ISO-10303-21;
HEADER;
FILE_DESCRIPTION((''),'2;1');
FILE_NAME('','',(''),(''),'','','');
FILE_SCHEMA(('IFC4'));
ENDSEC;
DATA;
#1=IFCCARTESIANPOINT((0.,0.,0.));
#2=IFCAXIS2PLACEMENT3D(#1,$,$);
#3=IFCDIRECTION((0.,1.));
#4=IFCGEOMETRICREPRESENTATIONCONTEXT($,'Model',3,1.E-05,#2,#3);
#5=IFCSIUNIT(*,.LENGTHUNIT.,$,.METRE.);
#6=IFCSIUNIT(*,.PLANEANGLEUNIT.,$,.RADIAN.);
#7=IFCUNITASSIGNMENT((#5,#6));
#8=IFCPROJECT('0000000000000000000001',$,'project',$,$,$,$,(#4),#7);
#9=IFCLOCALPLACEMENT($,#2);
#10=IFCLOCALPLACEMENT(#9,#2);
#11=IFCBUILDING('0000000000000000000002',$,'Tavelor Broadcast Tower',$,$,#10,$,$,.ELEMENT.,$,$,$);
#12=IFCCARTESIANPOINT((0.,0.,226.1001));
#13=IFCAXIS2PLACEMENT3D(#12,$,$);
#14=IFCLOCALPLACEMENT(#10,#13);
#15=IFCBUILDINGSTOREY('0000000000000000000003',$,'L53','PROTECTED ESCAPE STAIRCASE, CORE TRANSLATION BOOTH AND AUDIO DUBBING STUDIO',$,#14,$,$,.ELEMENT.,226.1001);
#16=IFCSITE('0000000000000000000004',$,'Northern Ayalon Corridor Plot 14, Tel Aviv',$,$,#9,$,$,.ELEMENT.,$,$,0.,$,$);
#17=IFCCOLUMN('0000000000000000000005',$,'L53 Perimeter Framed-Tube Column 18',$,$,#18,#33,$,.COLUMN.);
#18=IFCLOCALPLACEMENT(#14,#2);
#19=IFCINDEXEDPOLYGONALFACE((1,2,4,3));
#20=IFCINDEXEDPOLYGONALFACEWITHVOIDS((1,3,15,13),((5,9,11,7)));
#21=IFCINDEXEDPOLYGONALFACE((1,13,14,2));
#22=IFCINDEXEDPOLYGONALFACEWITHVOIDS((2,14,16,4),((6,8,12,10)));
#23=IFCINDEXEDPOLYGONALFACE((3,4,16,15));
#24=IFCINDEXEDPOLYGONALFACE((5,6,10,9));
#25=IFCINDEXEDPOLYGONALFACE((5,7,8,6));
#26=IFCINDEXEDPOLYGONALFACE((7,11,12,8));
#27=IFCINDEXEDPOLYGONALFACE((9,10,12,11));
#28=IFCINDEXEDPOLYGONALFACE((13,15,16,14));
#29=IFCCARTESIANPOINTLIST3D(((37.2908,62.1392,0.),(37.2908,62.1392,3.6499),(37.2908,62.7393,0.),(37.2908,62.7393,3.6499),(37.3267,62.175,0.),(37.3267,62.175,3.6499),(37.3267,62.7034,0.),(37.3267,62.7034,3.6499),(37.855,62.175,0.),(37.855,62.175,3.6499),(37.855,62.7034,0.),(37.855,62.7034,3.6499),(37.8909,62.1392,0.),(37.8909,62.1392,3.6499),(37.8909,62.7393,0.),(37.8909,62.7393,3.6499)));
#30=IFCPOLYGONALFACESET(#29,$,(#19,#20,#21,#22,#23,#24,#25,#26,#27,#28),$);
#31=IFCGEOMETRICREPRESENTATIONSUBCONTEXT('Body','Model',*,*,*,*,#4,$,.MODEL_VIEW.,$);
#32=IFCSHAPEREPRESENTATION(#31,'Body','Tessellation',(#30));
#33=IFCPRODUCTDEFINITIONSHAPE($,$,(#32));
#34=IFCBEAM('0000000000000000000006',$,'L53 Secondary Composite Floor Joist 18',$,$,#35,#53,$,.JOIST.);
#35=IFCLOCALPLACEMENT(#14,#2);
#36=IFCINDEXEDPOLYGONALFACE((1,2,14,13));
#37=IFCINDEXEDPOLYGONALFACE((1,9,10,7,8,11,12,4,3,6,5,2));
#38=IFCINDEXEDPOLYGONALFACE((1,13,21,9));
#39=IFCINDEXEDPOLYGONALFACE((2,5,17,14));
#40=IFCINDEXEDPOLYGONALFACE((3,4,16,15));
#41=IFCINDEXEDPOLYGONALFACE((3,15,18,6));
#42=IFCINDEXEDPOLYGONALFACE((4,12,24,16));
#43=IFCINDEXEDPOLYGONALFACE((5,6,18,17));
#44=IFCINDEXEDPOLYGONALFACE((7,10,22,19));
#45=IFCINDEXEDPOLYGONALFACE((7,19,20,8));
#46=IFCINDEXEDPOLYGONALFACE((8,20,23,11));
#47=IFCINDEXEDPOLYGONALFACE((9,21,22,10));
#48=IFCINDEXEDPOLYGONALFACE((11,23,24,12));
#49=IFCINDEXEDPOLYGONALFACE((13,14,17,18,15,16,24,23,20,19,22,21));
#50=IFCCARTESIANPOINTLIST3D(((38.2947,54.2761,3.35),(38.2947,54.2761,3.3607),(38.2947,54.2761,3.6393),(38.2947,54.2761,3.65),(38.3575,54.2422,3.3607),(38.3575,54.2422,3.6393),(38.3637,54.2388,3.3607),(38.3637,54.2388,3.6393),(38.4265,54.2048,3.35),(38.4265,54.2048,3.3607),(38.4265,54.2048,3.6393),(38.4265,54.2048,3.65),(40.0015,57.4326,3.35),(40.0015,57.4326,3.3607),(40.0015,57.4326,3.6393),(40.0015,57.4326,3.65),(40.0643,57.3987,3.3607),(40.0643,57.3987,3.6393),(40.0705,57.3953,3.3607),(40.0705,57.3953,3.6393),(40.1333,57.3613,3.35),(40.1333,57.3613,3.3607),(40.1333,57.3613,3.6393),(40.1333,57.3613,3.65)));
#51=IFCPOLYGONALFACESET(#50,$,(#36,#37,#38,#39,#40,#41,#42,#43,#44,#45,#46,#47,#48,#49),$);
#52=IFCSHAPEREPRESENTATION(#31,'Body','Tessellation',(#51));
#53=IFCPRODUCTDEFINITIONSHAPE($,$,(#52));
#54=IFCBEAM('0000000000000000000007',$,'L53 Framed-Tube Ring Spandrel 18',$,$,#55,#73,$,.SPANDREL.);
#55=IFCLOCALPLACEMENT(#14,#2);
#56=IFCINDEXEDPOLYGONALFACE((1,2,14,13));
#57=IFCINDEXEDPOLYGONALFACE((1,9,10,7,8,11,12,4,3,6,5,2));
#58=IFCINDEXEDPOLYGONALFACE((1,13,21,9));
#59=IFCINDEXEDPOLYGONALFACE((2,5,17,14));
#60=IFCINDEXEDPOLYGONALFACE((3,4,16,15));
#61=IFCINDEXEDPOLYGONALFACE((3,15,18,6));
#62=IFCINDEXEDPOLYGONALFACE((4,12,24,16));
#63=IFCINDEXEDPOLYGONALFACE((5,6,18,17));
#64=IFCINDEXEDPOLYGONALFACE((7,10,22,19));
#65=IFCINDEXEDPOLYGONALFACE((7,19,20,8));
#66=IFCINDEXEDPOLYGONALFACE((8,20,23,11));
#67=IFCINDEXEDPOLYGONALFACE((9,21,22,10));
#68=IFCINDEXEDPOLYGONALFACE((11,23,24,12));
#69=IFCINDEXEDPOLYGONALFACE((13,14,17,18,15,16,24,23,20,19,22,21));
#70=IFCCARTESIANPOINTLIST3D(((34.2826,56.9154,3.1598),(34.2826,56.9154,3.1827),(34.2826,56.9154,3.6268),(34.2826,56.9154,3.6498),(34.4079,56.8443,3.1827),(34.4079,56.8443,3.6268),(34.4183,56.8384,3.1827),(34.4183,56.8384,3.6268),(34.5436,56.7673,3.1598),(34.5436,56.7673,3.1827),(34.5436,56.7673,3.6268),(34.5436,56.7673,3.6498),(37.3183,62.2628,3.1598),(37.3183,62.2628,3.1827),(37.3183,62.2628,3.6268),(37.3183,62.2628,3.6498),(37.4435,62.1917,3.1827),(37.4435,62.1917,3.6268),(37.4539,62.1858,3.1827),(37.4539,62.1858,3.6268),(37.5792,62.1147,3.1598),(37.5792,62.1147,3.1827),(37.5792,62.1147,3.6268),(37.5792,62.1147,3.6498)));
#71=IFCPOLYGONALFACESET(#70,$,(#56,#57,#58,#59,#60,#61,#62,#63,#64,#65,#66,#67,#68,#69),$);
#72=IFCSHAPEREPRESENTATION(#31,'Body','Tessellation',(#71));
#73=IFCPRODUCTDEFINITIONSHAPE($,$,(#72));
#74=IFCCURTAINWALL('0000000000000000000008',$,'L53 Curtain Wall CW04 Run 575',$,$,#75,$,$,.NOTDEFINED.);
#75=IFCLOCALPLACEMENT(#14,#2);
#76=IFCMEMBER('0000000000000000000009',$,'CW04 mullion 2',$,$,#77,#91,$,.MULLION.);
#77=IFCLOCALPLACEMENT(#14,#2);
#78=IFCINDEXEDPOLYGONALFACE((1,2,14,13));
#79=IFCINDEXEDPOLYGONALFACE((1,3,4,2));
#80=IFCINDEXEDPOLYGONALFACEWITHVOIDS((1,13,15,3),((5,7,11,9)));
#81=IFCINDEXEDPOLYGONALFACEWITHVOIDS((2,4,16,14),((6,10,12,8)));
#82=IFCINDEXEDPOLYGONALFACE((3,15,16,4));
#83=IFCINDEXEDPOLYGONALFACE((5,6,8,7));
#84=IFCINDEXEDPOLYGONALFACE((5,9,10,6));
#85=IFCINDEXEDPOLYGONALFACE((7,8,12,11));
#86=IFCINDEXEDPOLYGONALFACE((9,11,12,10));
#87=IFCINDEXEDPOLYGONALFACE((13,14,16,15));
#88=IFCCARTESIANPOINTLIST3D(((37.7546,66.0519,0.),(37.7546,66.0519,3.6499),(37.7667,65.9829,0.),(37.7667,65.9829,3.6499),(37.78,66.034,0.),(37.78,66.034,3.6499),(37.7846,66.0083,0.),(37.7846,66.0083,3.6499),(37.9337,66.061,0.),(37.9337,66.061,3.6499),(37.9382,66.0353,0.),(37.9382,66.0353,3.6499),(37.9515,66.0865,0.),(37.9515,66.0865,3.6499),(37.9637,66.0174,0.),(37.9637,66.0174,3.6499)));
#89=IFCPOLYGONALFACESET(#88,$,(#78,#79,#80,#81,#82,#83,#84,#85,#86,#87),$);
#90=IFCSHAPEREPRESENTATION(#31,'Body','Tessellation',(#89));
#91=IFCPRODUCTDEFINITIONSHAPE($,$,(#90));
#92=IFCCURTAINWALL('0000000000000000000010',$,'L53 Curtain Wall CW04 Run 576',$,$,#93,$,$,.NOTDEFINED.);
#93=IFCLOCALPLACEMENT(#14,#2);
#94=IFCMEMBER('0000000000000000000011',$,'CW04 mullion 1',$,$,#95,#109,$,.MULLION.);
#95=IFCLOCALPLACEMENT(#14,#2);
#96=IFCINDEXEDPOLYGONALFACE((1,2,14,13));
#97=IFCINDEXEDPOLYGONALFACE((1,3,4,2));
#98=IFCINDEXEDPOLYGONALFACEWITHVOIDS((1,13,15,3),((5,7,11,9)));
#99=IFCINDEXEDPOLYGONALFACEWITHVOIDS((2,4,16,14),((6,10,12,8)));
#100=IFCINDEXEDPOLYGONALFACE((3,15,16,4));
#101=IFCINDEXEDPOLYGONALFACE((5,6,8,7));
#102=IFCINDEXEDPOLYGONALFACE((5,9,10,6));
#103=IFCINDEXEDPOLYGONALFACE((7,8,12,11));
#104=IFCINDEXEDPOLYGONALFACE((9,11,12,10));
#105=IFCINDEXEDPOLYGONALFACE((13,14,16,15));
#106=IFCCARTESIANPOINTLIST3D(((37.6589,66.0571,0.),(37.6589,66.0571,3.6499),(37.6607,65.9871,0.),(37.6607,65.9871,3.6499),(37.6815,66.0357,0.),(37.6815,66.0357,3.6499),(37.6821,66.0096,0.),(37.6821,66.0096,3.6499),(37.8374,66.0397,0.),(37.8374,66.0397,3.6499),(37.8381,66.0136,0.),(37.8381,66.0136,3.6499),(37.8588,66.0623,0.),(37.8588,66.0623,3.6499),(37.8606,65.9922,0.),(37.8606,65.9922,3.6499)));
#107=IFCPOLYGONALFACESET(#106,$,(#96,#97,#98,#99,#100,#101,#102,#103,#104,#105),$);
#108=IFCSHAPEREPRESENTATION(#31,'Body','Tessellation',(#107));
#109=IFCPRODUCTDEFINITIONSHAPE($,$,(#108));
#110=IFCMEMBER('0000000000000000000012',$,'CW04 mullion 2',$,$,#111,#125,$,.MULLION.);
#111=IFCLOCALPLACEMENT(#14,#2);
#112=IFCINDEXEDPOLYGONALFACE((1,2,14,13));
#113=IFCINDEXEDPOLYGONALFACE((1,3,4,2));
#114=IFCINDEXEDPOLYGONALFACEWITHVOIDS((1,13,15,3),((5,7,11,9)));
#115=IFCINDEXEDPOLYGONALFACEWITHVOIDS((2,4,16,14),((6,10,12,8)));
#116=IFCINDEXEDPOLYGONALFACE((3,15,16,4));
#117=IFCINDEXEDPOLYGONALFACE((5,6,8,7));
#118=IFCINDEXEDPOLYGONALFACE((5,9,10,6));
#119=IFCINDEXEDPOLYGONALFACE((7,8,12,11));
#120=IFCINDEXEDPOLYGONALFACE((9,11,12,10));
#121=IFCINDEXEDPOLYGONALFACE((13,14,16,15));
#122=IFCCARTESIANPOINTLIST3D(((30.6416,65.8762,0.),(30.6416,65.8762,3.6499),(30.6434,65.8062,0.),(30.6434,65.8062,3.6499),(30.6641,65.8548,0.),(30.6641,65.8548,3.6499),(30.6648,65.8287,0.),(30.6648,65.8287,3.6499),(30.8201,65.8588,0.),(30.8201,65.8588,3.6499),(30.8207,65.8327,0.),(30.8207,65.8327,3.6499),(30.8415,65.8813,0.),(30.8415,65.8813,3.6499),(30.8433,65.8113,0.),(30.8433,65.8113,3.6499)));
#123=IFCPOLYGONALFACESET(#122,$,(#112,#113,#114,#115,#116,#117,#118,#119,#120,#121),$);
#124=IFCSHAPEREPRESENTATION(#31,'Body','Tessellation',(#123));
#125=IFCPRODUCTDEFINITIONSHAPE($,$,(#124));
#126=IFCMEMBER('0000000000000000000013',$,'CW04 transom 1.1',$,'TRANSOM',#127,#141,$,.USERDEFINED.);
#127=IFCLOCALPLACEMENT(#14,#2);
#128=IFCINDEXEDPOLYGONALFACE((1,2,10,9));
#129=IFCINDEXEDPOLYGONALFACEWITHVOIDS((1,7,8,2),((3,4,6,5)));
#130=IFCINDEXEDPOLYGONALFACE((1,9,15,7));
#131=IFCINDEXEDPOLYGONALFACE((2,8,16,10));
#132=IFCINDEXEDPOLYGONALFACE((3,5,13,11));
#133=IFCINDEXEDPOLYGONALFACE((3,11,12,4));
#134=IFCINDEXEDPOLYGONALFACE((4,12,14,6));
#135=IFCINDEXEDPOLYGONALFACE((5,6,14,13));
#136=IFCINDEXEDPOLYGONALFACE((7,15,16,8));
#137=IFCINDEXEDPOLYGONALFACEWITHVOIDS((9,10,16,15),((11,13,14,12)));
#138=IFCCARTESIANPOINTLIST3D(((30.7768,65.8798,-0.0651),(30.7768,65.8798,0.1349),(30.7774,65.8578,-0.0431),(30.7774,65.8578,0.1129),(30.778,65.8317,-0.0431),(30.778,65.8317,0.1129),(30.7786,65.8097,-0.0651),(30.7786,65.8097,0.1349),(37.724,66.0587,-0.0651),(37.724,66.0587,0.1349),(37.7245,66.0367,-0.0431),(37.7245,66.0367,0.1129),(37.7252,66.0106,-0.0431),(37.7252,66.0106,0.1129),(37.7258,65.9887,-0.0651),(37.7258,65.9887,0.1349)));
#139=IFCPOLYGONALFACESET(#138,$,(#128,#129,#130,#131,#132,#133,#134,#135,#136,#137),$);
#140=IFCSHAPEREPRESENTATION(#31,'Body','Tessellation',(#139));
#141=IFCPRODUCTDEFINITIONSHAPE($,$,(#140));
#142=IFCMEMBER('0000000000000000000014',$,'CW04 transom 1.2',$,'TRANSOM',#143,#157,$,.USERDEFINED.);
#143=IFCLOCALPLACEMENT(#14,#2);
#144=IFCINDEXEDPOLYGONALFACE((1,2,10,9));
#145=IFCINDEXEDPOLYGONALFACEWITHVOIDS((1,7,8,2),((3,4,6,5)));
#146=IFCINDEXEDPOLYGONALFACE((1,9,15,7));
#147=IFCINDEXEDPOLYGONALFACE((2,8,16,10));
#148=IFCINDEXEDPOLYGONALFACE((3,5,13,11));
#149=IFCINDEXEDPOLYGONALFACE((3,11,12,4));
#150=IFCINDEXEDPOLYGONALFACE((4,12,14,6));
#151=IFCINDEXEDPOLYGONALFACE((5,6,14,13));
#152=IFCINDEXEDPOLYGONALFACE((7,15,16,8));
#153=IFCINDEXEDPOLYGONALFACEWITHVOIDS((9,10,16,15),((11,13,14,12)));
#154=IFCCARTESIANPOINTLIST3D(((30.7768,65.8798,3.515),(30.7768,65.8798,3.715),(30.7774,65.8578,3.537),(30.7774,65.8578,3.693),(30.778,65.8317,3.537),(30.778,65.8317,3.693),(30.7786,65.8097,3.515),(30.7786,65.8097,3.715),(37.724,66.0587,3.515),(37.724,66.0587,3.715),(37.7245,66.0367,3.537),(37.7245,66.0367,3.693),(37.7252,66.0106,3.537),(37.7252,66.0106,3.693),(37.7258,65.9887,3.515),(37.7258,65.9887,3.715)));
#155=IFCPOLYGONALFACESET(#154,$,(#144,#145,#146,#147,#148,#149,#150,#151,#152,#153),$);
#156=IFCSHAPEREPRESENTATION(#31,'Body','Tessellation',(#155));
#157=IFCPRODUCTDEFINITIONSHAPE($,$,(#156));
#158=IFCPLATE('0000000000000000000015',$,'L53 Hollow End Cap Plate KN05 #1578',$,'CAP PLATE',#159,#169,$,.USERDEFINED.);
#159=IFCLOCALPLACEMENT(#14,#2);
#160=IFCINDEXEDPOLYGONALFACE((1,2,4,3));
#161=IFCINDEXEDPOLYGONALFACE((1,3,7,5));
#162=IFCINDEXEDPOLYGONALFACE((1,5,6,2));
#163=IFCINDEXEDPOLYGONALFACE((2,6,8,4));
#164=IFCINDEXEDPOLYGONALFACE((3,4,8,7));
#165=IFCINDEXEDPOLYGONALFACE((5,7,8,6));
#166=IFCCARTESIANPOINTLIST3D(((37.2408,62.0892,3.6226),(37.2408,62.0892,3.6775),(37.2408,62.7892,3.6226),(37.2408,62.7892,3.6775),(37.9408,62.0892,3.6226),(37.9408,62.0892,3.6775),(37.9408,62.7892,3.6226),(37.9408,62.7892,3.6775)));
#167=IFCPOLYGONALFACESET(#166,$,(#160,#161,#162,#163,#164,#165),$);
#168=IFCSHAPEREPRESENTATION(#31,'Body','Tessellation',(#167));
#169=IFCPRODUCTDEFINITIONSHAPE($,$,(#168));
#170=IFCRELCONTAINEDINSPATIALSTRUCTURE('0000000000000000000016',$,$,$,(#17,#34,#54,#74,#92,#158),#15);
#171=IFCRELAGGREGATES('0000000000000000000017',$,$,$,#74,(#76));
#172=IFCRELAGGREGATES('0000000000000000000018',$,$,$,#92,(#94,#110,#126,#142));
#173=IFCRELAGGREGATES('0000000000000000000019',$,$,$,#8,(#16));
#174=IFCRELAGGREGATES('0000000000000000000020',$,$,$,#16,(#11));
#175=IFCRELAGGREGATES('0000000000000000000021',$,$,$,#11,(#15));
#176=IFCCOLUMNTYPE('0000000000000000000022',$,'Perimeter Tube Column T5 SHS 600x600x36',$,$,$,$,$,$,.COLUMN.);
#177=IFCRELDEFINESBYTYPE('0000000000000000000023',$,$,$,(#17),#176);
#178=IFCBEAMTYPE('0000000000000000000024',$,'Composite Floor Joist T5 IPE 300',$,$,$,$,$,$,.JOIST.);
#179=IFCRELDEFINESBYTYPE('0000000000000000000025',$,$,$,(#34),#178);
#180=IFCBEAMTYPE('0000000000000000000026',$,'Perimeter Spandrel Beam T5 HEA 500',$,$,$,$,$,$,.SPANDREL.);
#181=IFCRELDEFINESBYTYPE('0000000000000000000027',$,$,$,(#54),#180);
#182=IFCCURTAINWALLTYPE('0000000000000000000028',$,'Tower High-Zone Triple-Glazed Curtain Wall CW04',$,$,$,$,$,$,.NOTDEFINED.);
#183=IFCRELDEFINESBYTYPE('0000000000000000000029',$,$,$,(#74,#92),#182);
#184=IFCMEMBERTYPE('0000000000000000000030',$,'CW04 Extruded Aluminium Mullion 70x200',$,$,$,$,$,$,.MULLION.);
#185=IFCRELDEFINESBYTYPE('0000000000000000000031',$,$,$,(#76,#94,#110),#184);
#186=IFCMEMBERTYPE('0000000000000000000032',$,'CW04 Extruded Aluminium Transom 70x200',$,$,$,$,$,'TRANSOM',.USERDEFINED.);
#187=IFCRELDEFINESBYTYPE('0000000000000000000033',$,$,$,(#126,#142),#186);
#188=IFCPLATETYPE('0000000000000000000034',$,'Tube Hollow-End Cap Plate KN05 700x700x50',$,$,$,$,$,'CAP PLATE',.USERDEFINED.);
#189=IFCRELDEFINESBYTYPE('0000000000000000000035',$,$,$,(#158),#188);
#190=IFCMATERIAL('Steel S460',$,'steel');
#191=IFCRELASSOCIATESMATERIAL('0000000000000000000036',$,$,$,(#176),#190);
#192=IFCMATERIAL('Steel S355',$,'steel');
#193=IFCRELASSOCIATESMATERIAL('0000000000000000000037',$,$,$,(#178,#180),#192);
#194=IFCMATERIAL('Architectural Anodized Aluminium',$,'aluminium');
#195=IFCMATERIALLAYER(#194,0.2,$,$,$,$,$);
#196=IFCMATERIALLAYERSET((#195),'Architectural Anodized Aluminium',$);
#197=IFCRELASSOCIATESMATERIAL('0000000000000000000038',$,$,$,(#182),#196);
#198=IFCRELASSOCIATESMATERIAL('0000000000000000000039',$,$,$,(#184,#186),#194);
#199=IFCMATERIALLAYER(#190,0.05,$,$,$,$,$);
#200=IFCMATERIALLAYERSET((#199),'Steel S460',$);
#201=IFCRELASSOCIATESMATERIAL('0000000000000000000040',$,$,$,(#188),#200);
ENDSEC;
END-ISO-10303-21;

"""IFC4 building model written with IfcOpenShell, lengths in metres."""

from ifc_helpers import new_model, si_unit, direction, frame, origin, origin_2d, place, context, subcontext, project, spatial, rectangle, hollow_rectangle, i_section, extrude, source, transform, mapped, material, layer, layer_set, material_profile, profile_set, type_object, type_shapes, element, aggregate, save


model = new_model("IFC4")

# Units and contexts
model_context = context("Model", 3, precision=1e-05, world=origin(), true_north=direction((0.0, 1.0)))
body_context = subcontext(model_context, "Body", "Model", "MODEL_VIEW")
ifc_project = project(units=[si_unit("LENGTHUNIT", "METRE"), si_unit("PLANEANGLEUNIT", "RADIAN")], contexts=[model_context])

# Site, building, storey
site_placement = place(None, origin())
site = spatial("IfcSite", under=ifc_project, at=site_placement, Name="Northern Ayalon Corridor Plot 14, Tel Aviv", CompositionType="ELEMENT", RefElevation=0.0)
building_placement = place(site_placement, origin())
building = spatial("IfcBuilding", under=site, at=building_placement, Name="Tavelor Broadcast Tower", CompositionType="ELEMENT")
storey_placement = place(building_placement, frame((0.0, 0.0, 226.1001)))
storey = spatial("IfcBuildingStorey", under=building, at=storey_placement, Name="L53", Description="PROTECTED ESCAPE STAIRCASE, CORE TRANSLATION BOOTH AND AUDIO DUBBING STUDIO", CompositionType="ELEMENT", Elevation=226.1001)

# Column
ifc_material_1 = material(Name="Steel S460", Category="steel")
ifc_material_profile_1 = material_profile(ifc_material_1, hollow_rectangle(XDim=0.6001, YDim=0.6001, WallThickness=0.0359, at=origin_2d()), Name="SHS 600x600x36")
ifc_profile_set_1 = profile_set([ifc_material_profile_1], Name="Steel S460")
column_type = type_object("IfcColumnType", Name="Perimeter Tube Column T5 SHS 600x600x36", PredefinedType="COLUMN", material=ifc_profile_set_1)
column_placement = place(storey_placement, frame((37.5908, 62.4392, 0.0), z_axis=(0.0, 0.0, 1.0), x_axis=(1.0, 0.0, 0.0)))
element("IfcColumn", 1, at=column_placement, inside=storey, type_object=column_type, Name="L53 Perimeter Framed-Tube Column 18", PredefinedType="COLUMN", context=body_context, shape_type="SweptSolid", body=[
    extrude(hollow_rectangle(XDim=0.6001, YDim=0.6001, WallThickness=0.0359, at=origin_2d()), origin(), (0.0, 0.0, 1.0), 3.6499),
])

# Beams
ifc_material_2 = material(Name="Steel S355", Category="steel")
ifc_material_profile_2 = material_profile(ifc_material_2, i_section(OverallWidth=0.1499, OverallDepth=0.3, WebThickness=0.0071, FlangeThickness=0.0107, at=origin_2d()), Name="IPE 300")
ifc_profile_set_2 = profile_set([ifc_material_profile_2], Name="Steel S355")
beam_type_1 = type_object("IfcBeamType", Name="Composite Floor Joist T5 IPE 300", PredefinedType="JOIST", material=ifc_profile_set_2)
beam_1_placement = place(storey_placement, frame((40.0674, 57.397, 3.5), z_axis=(-0.475641, -0.87964, 0.0), x_axis=(0.87964, -0.475641, 0.0)))
element("IfcBeam", 2, at=beam_1_placement, inside=storey, type_object=beam_type_1, Name="L53 Secondary Composite Floor Joist 18", PredefinedType="JOIST", context=body_context, shape_type="SweptSolid", body=[
    extrude(i_section(OverallWidth=0.1499, OverallDepth=0.3, WebThickness=0.0071, FlangeThickness=0.0107, at=origin_2d()), origin(), (0.0, 0.0, 1.0), 3.5884),
])
ifc_material_profile_3 = material_profile(ifc_material_2, i_section(OverallWidth=0.3, OverallDepth=0.49, WebThickness=0.012, FlangeThickness=0.0229, at=origin_2d()), Name="HEA 500")
ifc_profile_set_3 = profile_set([ifc_material_profile_3], Name="Steel S355")
beam_type_2 = type_object("IfcBeamType", Name="Perimeter Spandrel Beam T5 HEA 500", PredefinedType="SPANDREL", material=ifc_profile_set_3)
beam_2_placement = place(storey_placement, frame((37.4487, 62.1887, 3.4048), z_axis=(-0.493683, -0.869642, 0.0), x_axis=(0.869642, -0.493683, 0.0)))
element("IfcBeam", 3, at=beam_2_placement, inside=storey, type_object=beam_type_2, Name="L53 Framed-Tube Ring Spandrel 18", PredefinedType="SPANDREL", context=body_context, shape_type="SweptSolid", body=[
    extrude(i_section(OverallWidth=0.3, OverallDepth=0.49, WebThickness=0.012, FlangeThickness=0.0229, at=origin_2d()), origin(), (0.0, 0.0, 1.0), 6.1489),
])

# Curtain wall, member
ifc_material_3 = material(Name="Architectural Anodized Aluminium", Category="aluminium")
ifc_layer_1 = layer(ifc_material_3, 0.2)
ifc_layer_set_1 = layer_set([ifc_layer_1], Name="Architectural Anodized Aluminium")
curtain_wall_type = type_object("IfcCurtainWallType", Name="Tower High-Zone Triple-Glazed Curtain Wall CW04", PredefinedType="NOTDEFINED", material=ifc_layer_set_1)
curtain_wall_1_placement = place(storey_placement, origin())
curtain_wall_1 = element("IfcCurtainWall", 4, at=curtain_wall_1_placement, inside=storey, type_object=curtain_wall_type, Name="L53 Curtain Wall CW04 Run 575", PredefinedType="NOTDEFINED")
ifc_material_profile_4 = material_profile(ifc_material_3, hollow_rectangle(XDim=0.0701, YDim=0.2, WallThickness=0.022, at=origin_2d()), Name="RHS 70x200x22")
ifc_profile_set_4 = profile_set([ifc_material_profile_4], Name="Architectural Anodized Aluminium")
member_type_1 = type_object("IfcMemberType", Name="CW04 Extruded Aluminium Mullion 70x200", PredefinedType="MULLION", material=ifc_profile_set_4)
shared_shape_1 = source(origin(), body_context, "Body", "SweptSolid", [
    extrude(hollow_rectangle(XDim=0.0701, YDim=0.2, WallThickness=0.022, at=origin_2d()), origin(), (0.0, 0.0, 1.0), 3.6499),
])
type_shapes(member_type_1, [shared_shape_1])
member_1_placement = place(storey_placement, frame((37.8591, 66.0347, 0.0), z_axis=(0.0, 0.0, 1.0), x_axis=(0.172908, -0.984938, 0.0)))
member_1 = element("IfcMember", 5, at=member_1_placement, type_object=member_type_1, Name="CW04 mullion 2", PredefinedType="MULLION", context=body_context, shape_type="MappedRepresentation", body=[
    mapped(shared_shape_1, transform((0.0, 0.0, 0.0), scale=1.0)),
])

# Curtain wall, members
curtain_wall_2_placement = place(storey_placement, origin())
curtain_wall_2 = element("IfcCurtainWall", 6, at=curtain_wall_2_placement, inside=storey, type_object=curtain_wall_type, Name="L53 Curtain Wall CW04 Run 576", PredefinedType="NOTDEFINED")
member_2_placement = place(storey_placement, frame((37.7598, 66.0247, 0.0), z_axis=(0.0, 0.0, 1.0), x_axis=(0.02577, -0.999668, 0.0)))
member_2 = element("IfcMember", 7, at=member_2_placement, type_object=member_type_1, Name="CW04 mullion 1", PredefinedType="MULLION", context=body_context, shape_type="MappedRepresentation", body=[
    mapped(shared_shape_1, transform((0.0, 0.0, 0.0), scale=1.0)),
])
member_3_placement = place(storey_placement, frame((30.7424, 65.8438, 0.0), z_axis=(0.0, 0.0, 1.0), x_axis=(0.02577, -0.999668, 0.0)))
member_3 = element("IfcMember", 8, at=member_3_placement, type_object=member_type_1, Name="CW04 mullion 2", PredefinedType="MULLION", context=body_context, shape_type="MappedRepresentation", body=[
    mapped(shared_shape_1, transform((0.0, 0.0, 0.0), scale=1.0)),
])
ifc_material_profile_5 = material_profile(ifc_material_3, hollow_rectangle(XDim=0.0701, YDim=0.2, WallThickness=0.022, at=origin_2d()), Name="RHS 70x200x22")
ifc_profile_set_5 = profile_set([ifc_material_profile_5], Name="Architectural Anodized Aluminium")
member_type_2 = type_object("IfcMemberType", Name="CW04 Extruded Aluminium Transom 70x200", ElementType="TRANSOM", PredefinedType="USERDEFINED", material=ifc_profile_set_5)
shared_shape_2 = source(origin(), body_context, "Body", "SweptSolid", [
    extrude(hollow_rectangle(XDim=0.0701, YDim=0.2, WallThickness=0.022, at=origin_2d()), origin(), (0.0, 0.0, 1.0), 6.9495),
])
type_shapes(member_type_2, [shared_shape_2])
member_4_placement = place(storey_placement, frame((37.7249, 66.0237, 0.0349), z_axis=(-0.999668, -0.025751, 0.0), x_axis=(0.025751, -0.999668, 0.0)))
member_4 = element("IfcMember", 9, at=member_4_placement, type_object=member_type_2, Name="CW04 transom 1.1", ObjectType="TRANSOM", PredefinedType="USERDEFINED", context=body_context, shape_type="MappedRepresentation", body=[
    mapped(shared_shape_2, transform((0.0, 0.0, 0.0), scale=1.0)),
])
member_5_placement = place(storey_placement, frame((37.7249, 66.0237, 3.615), z_axis=(-0.999668, -0.025751, 0.0), x_axis=(0.025751, -0.999668, 0.0)))
member_5 = element("IfcMember", 10, at=member_5_placement, type_object=member_type_2, Name="CW04 transom 1.2", ObjectType="TRANSOM", PredefinedType="USERDEFINED", context=body_context, shape_type="MappedRepresentation", body=[
    mapped(shared_shape_2, transform((0.0, 0.0, 0.0), scale=1.0)),
])

# Plate
ifc_layer_2 = layer(ifc_material_1, 0.05)
ifc_layer_set_2 = layer_set([ifc_layer_2], Name="Steel S460")
plate_type_1 = type_object("IfcPlateType", Name="Tube Hollow-End Cap Plate KN05 700x700x50", ElementType="CAP PLATE", PredefinedType="USERDEFINED", material=ifc_layer_set_2)
shared_shape_3 = source(origin(), body_context, "Body", "SweptSolid", [
    extrude(rectangle(XDim=0.7, YDim=0.7, at=origin_2d()), origin(), (0.0, 0.0, 1.0), 0.0549),
])
type_shapes(plate_type_1, [shared_shape_3])
plate_1_placement = place(storey_placement, frame((37.5908, 62.4392, 3.6226), z_axis=(0.0, 0.0, 1.0), x_axis=(1.0, 0.0, 0.0)))
element("IfcPlate", 11, at=plate_1_placement, inside=storey, type_object=plate_type_1, Name="L53 Hollow End Cap Plate KN05 #1578", ObjectType="CAP PLATE", PredefinedType="USERDEFINED", context=body_context, shape_type="MappedRepresentation", body=[
    mapped(shared_shape_3, transform((0.0, 0.0, 0.0), scale=1.0)),
])
aggregate(curtain_wall_1, [member_1])
aggregate(curtain_wall_2, [member_2, member_3, member_4, member_5])

save(model, "model.ifc")
